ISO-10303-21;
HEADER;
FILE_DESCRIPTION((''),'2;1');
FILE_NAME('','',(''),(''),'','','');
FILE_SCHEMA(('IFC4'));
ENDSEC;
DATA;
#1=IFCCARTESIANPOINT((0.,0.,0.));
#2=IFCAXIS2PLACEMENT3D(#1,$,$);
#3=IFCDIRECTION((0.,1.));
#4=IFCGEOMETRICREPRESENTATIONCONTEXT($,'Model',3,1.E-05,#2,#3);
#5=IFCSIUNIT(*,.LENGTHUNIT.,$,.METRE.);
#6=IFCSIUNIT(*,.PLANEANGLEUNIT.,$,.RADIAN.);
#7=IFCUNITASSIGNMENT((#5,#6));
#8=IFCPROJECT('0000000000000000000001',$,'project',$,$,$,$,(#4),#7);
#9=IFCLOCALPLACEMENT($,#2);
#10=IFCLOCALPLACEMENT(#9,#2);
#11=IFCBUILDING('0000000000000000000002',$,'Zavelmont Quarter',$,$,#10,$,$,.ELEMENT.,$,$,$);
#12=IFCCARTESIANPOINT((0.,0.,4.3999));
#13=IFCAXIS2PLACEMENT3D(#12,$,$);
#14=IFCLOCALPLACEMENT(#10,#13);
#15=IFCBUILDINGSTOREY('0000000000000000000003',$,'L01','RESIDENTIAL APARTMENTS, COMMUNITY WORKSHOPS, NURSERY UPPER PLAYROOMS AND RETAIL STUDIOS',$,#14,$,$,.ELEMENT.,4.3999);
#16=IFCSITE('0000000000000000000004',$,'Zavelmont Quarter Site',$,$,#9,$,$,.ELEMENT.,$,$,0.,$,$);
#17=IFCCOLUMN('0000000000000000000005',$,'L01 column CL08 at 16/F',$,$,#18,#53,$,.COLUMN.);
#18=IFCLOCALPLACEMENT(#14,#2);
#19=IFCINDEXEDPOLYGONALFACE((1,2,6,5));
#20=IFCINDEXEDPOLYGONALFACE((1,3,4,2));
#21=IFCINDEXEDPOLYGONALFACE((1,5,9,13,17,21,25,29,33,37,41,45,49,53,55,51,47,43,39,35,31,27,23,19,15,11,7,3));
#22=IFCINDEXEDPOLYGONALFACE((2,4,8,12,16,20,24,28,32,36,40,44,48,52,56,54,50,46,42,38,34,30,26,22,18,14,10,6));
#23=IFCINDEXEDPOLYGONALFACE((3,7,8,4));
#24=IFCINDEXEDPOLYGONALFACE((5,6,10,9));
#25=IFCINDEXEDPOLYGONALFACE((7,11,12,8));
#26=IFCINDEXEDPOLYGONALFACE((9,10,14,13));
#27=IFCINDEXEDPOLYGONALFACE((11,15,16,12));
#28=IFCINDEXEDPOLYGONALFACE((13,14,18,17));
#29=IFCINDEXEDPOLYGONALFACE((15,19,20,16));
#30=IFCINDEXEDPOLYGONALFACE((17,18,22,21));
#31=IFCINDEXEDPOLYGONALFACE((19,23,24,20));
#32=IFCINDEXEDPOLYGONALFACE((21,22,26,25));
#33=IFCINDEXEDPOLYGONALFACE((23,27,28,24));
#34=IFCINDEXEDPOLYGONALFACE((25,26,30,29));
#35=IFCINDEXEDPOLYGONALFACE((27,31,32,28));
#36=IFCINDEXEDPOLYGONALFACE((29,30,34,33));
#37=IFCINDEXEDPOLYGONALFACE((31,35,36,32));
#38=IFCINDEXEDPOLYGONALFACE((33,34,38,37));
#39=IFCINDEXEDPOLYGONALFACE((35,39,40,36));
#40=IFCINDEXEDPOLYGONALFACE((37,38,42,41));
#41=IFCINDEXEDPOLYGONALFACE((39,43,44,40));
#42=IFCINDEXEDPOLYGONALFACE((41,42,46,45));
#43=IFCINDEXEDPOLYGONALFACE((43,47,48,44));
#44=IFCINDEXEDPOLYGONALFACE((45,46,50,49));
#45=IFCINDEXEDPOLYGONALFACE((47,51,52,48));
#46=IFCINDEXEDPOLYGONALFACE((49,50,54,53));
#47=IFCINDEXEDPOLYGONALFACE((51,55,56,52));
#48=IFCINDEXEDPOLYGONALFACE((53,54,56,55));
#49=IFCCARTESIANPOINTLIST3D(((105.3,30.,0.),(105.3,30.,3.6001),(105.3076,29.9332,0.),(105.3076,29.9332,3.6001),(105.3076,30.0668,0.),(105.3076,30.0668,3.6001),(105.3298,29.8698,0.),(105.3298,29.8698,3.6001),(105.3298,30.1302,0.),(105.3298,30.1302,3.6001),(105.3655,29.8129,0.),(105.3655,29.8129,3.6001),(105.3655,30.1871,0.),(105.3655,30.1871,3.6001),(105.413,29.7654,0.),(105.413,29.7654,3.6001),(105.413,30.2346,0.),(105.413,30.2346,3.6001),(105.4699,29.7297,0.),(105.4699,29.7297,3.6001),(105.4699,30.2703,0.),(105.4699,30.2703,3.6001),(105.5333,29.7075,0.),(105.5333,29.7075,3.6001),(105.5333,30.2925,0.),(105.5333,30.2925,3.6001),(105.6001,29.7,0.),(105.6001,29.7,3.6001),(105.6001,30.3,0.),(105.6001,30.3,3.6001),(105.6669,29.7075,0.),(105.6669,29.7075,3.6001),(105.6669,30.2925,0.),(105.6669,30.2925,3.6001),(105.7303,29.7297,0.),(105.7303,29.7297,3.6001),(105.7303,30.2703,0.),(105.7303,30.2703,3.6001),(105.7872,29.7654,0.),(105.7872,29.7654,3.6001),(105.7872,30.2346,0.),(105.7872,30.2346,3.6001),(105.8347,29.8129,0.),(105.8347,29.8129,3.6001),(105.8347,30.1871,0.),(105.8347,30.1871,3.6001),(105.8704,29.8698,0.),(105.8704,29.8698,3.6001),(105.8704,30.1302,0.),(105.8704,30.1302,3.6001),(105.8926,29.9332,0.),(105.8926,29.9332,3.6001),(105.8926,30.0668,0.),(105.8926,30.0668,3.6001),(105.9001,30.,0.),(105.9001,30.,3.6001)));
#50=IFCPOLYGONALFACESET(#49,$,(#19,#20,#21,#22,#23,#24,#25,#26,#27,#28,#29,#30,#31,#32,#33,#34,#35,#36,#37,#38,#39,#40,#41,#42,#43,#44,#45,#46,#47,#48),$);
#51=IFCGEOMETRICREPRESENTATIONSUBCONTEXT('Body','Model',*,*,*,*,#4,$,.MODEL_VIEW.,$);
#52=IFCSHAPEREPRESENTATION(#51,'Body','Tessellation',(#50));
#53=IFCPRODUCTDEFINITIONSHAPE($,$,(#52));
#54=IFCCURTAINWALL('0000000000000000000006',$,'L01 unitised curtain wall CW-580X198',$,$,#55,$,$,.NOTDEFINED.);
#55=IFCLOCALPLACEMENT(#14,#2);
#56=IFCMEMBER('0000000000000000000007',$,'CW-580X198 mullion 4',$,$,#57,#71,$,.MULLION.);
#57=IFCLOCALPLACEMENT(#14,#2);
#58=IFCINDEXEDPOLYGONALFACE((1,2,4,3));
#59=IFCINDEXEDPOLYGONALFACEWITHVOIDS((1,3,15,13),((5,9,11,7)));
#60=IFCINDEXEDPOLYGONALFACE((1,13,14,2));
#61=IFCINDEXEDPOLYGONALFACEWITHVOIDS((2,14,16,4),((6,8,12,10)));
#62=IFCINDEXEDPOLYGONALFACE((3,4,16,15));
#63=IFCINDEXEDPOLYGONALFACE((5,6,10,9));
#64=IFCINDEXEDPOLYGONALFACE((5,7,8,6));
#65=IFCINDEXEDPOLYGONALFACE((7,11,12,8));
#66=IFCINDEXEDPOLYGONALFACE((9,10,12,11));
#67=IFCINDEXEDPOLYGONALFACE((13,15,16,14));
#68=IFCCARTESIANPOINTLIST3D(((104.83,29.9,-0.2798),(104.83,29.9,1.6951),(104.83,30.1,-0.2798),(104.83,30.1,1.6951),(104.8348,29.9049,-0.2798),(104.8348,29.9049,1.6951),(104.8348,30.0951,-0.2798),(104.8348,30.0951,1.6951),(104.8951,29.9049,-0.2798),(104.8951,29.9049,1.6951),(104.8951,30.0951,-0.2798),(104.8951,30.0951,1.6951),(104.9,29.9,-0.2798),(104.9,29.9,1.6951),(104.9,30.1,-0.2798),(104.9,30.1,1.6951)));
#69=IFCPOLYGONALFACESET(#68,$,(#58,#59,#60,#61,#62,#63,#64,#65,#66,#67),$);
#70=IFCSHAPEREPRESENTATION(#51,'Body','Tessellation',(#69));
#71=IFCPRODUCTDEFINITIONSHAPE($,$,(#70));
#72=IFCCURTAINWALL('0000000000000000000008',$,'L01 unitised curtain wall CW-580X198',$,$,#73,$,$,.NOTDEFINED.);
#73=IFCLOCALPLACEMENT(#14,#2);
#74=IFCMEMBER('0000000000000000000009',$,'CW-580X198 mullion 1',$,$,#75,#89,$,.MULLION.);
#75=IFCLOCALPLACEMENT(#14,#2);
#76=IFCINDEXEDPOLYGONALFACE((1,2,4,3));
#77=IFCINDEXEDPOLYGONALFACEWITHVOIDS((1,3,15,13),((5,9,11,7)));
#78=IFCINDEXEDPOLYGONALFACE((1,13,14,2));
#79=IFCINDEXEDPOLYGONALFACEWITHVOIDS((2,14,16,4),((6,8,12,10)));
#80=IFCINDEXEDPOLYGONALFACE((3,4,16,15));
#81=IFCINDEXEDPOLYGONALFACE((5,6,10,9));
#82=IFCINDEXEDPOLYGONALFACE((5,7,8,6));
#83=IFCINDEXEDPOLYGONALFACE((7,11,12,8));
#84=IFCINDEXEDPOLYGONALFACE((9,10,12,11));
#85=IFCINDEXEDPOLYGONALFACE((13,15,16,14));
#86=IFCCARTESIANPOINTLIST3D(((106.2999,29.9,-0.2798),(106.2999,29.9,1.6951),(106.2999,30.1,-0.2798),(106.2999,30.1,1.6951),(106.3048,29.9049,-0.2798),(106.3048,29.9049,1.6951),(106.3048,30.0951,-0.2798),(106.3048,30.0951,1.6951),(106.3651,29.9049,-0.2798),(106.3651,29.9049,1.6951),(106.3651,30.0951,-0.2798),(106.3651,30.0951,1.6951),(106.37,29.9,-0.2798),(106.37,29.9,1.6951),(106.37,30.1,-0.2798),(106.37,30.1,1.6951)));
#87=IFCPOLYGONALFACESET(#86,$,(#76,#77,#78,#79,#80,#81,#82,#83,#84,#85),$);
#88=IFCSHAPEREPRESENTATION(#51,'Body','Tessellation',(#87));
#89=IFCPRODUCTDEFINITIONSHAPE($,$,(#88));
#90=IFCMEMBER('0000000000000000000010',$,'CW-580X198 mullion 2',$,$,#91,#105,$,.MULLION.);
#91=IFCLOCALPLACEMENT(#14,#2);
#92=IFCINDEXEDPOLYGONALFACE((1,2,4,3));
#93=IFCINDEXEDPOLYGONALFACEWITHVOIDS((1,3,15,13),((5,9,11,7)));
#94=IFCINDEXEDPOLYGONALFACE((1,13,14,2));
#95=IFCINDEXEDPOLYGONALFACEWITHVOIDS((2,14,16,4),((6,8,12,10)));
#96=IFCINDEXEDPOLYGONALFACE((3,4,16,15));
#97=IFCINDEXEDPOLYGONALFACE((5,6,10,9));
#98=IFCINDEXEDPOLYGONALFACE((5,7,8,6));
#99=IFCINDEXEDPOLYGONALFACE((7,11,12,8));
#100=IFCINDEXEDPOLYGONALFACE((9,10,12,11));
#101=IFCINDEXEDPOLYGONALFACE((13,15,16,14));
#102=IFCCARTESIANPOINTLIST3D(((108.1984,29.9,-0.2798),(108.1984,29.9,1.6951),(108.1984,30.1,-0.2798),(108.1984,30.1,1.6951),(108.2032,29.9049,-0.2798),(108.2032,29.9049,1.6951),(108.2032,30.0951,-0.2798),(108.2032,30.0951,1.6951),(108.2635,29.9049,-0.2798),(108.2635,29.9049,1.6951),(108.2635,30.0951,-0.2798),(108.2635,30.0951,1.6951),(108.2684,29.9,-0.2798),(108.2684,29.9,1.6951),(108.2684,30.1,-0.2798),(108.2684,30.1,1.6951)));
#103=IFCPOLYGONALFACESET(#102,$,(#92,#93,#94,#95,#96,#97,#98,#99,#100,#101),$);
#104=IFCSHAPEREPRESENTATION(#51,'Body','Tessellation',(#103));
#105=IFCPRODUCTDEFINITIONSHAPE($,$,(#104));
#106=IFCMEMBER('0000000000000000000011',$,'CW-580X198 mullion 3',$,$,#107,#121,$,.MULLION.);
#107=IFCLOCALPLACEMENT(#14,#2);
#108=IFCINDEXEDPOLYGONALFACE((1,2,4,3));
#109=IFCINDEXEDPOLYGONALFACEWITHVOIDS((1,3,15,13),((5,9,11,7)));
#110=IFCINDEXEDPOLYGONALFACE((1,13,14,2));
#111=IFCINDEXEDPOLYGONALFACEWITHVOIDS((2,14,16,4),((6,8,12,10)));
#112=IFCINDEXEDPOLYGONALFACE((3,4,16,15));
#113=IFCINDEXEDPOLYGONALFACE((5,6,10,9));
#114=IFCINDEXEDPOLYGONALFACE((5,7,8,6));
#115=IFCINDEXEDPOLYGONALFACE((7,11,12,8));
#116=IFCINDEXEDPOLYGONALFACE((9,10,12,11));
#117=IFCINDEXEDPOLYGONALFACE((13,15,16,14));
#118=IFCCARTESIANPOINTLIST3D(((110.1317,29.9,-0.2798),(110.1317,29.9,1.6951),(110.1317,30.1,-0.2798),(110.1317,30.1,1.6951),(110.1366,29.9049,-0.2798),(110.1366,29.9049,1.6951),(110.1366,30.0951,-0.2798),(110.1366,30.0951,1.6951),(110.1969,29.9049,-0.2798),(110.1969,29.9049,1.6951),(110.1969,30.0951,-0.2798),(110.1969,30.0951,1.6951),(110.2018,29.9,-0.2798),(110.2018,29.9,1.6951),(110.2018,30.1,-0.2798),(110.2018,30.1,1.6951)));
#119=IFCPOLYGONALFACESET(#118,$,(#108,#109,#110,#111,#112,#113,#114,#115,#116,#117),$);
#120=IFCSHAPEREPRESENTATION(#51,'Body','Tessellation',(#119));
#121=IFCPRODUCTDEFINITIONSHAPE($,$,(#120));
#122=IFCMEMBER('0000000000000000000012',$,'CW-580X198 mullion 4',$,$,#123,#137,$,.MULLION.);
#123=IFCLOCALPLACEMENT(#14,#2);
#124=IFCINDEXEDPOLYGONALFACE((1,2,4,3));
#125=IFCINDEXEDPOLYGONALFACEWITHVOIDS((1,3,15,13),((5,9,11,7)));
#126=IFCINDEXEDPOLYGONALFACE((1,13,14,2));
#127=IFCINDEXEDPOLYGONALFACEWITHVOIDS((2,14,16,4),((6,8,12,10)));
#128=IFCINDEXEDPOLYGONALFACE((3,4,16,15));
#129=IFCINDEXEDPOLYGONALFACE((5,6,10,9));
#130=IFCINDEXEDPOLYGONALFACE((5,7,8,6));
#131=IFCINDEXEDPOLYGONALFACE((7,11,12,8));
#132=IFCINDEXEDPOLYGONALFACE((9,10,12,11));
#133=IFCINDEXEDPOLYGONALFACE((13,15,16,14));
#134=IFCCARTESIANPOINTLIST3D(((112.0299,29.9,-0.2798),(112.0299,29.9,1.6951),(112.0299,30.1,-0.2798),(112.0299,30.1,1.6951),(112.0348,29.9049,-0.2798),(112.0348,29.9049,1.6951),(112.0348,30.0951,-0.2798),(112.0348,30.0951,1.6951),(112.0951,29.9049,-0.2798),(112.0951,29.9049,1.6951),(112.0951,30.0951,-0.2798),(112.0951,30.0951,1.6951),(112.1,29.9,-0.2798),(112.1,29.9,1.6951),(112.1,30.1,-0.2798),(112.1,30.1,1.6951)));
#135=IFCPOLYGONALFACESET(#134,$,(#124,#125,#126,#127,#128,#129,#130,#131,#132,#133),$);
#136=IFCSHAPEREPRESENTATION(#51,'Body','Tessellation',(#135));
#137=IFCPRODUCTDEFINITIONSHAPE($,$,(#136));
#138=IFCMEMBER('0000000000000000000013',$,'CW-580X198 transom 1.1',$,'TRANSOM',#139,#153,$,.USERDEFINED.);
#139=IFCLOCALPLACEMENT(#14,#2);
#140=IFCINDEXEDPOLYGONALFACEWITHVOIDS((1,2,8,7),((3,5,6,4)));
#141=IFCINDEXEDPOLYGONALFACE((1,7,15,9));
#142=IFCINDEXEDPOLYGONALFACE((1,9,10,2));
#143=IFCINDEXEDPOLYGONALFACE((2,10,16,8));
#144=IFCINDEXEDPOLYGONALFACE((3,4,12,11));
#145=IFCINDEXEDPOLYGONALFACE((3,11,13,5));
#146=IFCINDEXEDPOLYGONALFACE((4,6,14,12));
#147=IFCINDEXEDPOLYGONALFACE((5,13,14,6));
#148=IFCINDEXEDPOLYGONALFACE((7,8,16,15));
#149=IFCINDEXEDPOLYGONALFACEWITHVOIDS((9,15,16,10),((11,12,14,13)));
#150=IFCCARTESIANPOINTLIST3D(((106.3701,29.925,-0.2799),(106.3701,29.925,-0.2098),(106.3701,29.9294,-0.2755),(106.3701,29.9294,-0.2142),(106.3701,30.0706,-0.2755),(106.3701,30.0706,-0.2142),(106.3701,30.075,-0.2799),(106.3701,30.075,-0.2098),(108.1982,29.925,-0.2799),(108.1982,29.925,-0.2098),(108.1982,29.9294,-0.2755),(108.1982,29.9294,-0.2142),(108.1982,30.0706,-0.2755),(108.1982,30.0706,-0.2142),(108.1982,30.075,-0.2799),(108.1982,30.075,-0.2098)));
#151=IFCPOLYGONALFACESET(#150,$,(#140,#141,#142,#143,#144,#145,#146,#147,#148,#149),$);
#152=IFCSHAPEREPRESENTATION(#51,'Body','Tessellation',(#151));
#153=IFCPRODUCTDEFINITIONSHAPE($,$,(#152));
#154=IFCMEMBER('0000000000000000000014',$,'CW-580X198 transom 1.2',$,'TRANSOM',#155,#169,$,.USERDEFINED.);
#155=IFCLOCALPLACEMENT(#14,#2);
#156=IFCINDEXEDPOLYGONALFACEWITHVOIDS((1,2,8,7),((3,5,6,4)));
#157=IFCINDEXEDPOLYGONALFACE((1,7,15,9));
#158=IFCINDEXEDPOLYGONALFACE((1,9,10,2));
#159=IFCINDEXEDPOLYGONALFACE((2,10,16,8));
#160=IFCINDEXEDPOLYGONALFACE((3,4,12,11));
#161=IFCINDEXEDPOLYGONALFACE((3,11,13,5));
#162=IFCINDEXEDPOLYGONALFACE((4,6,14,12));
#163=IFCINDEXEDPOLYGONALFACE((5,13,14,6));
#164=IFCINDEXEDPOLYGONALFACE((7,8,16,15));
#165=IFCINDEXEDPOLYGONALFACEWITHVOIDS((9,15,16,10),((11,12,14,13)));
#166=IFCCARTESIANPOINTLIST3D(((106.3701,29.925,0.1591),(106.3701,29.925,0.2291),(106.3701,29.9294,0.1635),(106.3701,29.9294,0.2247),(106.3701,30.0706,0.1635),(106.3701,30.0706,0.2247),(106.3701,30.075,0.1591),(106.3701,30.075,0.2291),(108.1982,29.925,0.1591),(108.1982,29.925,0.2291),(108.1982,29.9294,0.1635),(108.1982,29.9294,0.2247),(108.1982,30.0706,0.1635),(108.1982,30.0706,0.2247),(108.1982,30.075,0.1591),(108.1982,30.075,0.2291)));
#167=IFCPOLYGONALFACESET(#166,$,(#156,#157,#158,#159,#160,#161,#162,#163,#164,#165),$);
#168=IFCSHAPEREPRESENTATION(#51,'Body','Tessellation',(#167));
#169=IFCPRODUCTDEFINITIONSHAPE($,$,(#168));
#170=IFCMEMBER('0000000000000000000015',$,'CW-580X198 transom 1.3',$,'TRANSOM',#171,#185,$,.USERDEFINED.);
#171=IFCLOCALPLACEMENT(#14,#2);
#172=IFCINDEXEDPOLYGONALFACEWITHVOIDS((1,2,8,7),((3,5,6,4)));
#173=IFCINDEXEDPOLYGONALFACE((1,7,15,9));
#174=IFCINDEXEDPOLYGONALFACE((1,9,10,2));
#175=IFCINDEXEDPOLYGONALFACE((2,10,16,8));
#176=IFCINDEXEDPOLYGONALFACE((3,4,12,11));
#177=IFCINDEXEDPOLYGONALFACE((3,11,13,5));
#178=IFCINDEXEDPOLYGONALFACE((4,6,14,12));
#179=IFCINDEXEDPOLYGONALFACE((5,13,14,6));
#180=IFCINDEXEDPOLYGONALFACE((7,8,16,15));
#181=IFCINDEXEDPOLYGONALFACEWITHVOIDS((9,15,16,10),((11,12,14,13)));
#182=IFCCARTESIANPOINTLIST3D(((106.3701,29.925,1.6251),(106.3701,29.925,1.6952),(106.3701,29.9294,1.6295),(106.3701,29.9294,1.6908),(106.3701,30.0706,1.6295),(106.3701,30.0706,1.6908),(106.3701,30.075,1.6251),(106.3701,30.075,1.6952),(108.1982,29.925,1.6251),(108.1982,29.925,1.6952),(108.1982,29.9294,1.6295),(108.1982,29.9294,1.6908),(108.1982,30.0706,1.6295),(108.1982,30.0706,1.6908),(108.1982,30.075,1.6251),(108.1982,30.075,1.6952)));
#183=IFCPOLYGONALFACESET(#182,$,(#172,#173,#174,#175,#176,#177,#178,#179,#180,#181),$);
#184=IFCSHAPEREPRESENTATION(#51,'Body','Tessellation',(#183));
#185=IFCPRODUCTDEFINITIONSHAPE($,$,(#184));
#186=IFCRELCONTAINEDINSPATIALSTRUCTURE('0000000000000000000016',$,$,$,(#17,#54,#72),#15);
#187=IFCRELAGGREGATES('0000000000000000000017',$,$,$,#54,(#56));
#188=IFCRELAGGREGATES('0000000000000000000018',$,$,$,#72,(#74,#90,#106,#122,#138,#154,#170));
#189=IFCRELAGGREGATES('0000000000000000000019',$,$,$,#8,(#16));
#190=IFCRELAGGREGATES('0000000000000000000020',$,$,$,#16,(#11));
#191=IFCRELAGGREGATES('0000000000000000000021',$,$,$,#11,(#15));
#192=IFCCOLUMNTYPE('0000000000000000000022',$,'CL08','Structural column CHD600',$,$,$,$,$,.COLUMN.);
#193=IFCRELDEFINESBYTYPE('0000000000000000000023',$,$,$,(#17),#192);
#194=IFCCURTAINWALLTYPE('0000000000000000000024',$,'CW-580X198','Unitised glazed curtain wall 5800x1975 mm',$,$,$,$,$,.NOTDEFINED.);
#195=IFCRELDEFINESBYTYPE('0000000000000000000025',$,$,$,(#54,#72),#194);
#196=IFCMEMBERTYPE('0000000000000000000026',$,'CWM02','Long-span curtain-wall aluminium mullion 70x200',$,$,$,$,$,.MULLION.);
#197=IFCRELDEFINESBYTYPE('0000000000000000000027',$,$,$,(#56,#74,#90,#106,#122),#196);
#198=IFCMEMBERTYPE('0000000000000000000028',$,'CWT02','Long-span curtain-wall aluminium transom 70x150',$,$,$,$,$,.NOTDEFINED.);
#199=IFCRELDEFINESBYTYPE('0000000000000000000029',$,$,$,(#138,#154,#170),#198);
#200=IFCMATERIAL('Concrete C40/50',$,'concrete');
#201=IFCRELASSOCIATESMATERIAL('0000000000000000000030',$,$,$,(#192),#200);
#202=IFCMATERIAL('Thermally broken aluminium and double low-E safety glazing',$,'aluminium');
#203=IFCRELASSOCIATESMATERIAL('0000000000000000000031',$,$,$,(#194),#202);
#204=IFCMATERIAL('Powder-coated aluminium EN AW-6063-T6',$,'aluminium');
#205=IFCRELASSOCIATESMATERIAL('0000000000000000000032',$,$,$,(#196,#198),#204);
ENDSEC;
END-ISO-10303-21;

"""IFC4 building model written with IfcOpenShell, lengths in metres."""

from ifc_helpers import new_model, si_unit, direction, frame, origin, origin_2d, place, context, subcontext, project, spatial, hollow_rectangle, circle, extrude, material, material_profile, profile_set, type_object, element, aggregate, save


model = new_model("IFC4")

# Units and contexts
model_context = context("Model", 3, precision=1e-05, world=origin(), true_north=direction((0.0, 1.0)))
body_context = subcontext(model_context, "Body", "Model", "MODEL_VIEW")
ifc_project = project(units=[si_unit("LENGTHUNIT", "METRE"), si_unit("PLANEANGLEUNIT", "RADIAN")], contexts=[model_context])

# Site, building, storey
site_placement = place(None, origin())
site = spatial("IfcSite", under=ifc_project, at=site_placement, Name="Zavelmont Quarter Site", CompositionType="ELEMENT", RefElevation=0.0)
building_placement = place(site_placement, origin())
building = spatial("IfcBuilding", under=site, at=building_placement, Name="Zavelmont Quarter", CompositionType="ELEMENT")
storey_placement = place(building_placement, frame((0.0, 0.0, 4.3999)))
storey = spatial("IfcBuildingStorey", under=building, at=storey_placement, Name="L01", Description="RESIDENTIAL APARTMENTS, COMMUNITY WORKSHOPS, NURSERY UPPER PLAYROOMS AND RETAIL STUDIOS", CompositionType="ELEMENT", Elevation=4.3999)

# Column
ifc_material_1 = material(Name="Concrete C40/50", Category="concrete")
ifc_material_profile_1 = material_profile(ifc_material_1, circle(Radius=0.3, at=origin_2d()), Name="CHD600")
ifc_profile_set_1 = profile_set([ifc_material_profile_1], Name="Concrete C40/50")
column_type = type_object("IfcColumnType", Name="CL08", Description="Structural column CHD600", PredefinedType="COLUMN", material=ifc_profile_set_1)
column_placement = place(storey_placement, frame((105.6001, 30.0, 0.0), z_axis=(0.0, 0.0, 1.0), x_axis=(1.0, 0.0, 0.0)))
element("IfcColumn", 1, at=column_placement, inside=storey, type_object=column_type, Name="L01 column CL08 at 16/F", PredefinedType="COLUMN", context=body_context, shape_type="SweptSolid", body=[
    extrude(circle(Radius=0.3, at=origin_2d()), origin(), (0.0, 0.0, 1.0), 3.6001),
])

# Curtain wall, member
ifc_material_2 = material(Name="Thermally broken aluminium and double low-E safety glazing", Category="aluminium")
curtain_wall_type = type_object("IfcCurtainWallType", Name="CW-580X198", Description="Unitised glazed curtain wall 5800x1975 mm", PredefinedType="NOTDEFINED", material=ifc_material_2)
curtain_wall_1_placement = place(storey_placement, origin())
curtain_wall_1 = element("IfcCurtainWall", 2, at=curtain_wall_1_placement, inside=storey, type_object=curtain_wall_type, Name="L01 unitised curtain wall CW-580X198", PredefinedType="NOTDEFINED")
ifc_material_3 = material(Name="Powder-coated aluminium EN AW-6063-T6", Category="aluminium")
ifc_material_profile_2 = material_profile(ifc_material_3, hollow_rectangle(XDim=0.0701, YDim=0.2, WallThickness=0.0049, at=origin_2d()), Name="CWM70X200")
ifc_profile_set_2 = profile_set([ifc_material_profile_2], Name="Powder-coated aluminium EN AW-6063-T6")
member_type_1 = type_object("IfcMemberType", Name="CWM02", Description="Long-span curtain-wall aluminium mullion 70x200", PredefinedType="MULLION", material=ifc_profile_set_2)
member_1_placement = place(storey_placement, frame((104.865, 30.0, -0.2798), z_axis=(0.0, 0.0, 1.0), x_axis=(1.0, 0.0, 0.0)))
member_1 = element("IfcMember", 3, at=member_1_placement, type_object=member_type_1, Name="CW-580X198 mullion 4", PredefinedType="MULLION", context=body_context, shape_type="SweptSolid", body=[
    extrude(hollow_rectangle(XDim=0.0701, YDim=0.2, WallThickness=0.0049, at=origin_2d()), origin(), (0.0, 0.0, 1.0), 1.9749),
])
aggregate(curtain_wall_1, [member_1])

# Curtain wall, members
curtain_wall_2_placement = place(storey_placement, origin())
curtain_wall_2 = element("IfcCurtainWall", 4, at=curtain_wall_2_placement, inside=storey, type_object=curtain_wall_type, Name="L01 unitised curtain wall CW-580X198", PredefinedType="NOTDEFINED")
member_2_placement = place(storey_placement, frame((106.335, 30.0, -0.2798), z_axis=(0.0, 0.0, 1.0), x_axis=(1.0, 0.0, 0.0)))
member_2 = element("IfcMember", 5, at=member_2_placement, type_object=member_type_1, Name="CW-580X198 mullion 1", PredefinedType="MULLION", context=body_context, shape_type="SweptSolid", body=[
    extrude(hollow_rectangle(XDim=0.0701, YDim=0.2, WallThickness=0.0049, at=origin_2d()), origin(), (0.0, 0.0, 1.0), 1.9749),
])
member_3_placement = place(storey_placement, frame((108.2334, 30.0, -0.2798), z_axis=(0.0, 0.0, 1.0), x_axis=(1.0, 0.0, 0.0)))
member_3 = element("IfcMember", 6, at=member_3_placement, type_object=member_type_1, Name="CW-580X198 mullion 2", PredefinedType="MULLION", context=body_context, shape_type="SweptSolid", body=[
    extrude(hollow_rectangle(XDim=0.0701, YDim=0.2, WallThickness=0.0049, at=origin_2d()), origin(), (0.0, 0.0, 1.0), 1.9749),
])
member_4_placement = place(storey_placement, frame((110.1667, 30.0, -0.2798), z_axis=(0.0, 0.0, 1.0), x_axis=(1.0, 0.0, 0.0)))
member_4 = element("IfcMember", 7, at=member_4_placement, type_object=member_type_1, Name="CW-580X198 mullion 3", PredefinedType="MULLION", context=body_context, shape_type="SweptSolid", body=[
    extrude(hollow_rectangle(XDim=0.0701, YDim=0.2, WallThickness=0.0049, at=origin_2d()), origin(), (0.0, 0.0, 1.0), 1.9749),
])
member_5_placement = place(storey_placement, frame((112.0649, 30.0, -0.2798), z_axis=(0.0, 0.0, 1.0), x_axis=(1.0, 0.0, 0.0)))
member_5 = element("IfcMember", 8, at=member_5_placement, type_object=member_type_1, Name="CW-580X198 mullion 4", PredefinedType="MULLION", context=body_context, shape_type="SweptSolid", body=[
    extrude(hollow_rectangle(XDim=0.0701, YDim=0.2, WallThickness=0.0049, at=origin_2d()), origin(), (0.0, 0.0, 1.0), 1.9749),
])
ifc_material_profile_3 = material_profile(ifc_material_3, hollow_rectangle(XDim=0.1499, YDim=0.0701, WallThickness=0.0044, at=origin_2d()), Name="CWT70X150")
ifc_profile_set_3 = profile_set([ifc_material_profile_3], Name="Powder-coated aluminium EN AW-6063-T6")
member_type_2 = type_object("IfcMemberType", Name="CWT02", Description="Long-span curtain-wall aluminium transom 70x150", PredefinedType="NOTDEFINED", material=ifc_profile_set_3)
member_6_placement = place(storey_placement, frame((106.3701, 30.0, -0.2449), z_axis=(1.0, 0.0, 0.0), x_axis=(0.0, 1.0, 0.0)))
member_6 = element("IfcMember", 9, at=member_6_placement, type_object=member_type_2, Name="CW-580X198 transom 1.1", ObjectType="TRANSOM", PredefinedType="USERDEFINED", context=body_context, shape_type="SweptSolid", body=[
    extrude(hollow_rectangle(XDim=0.1499, YDim=0.0701, WallThickness=0.0044, at=origin_2d()), origin(), (0.0, 0.0, 1.0), 1.8281),
])
member_7_placement = place(storey_placement, frame((106.3701, 30.0, 0.1941), z_axis=(1.0, 0.0, 0.0), x_axis=(0.0, 1.0, 0.0)))
member_7 = element("IfcMember", 10, at=member_7_placement, type_object=member_type_2, Name="CW-580X198 transom 1.2", ObjectType="TRANSOM", PredefinedType="USERDEFINED", context=body_context, shape_type="SweptSolid", body=[
    extrude(hollow_rectangle(XDim=0.1499, YDim=0.0701, WallThickness=0.0044, at=origin_2d()), origin(), (0.0, 0.0, 1.0), 1.8281),
])
member_8_placement = place(storey_placement, frame((106.3701, 30.0, 1.6602), z_axis=(1.0, 0.0, 0.0), x_axis=(0.0, 1.0, 0.0)))
member_8 = element("IfcMember", 11, at=member_8_placement, type_object=member_type_2, Name="CW-580X198 transom 1.3", ObjectType="TRANSOM", PredefinedType="USERDEFINED", context=body_context, shape_type="SweptSolid", body=[
    extrude(hollow_rectangle(XDim=0.1499, YDim=0.0701, WallThickness=0.0044, at=origin_2d()), origin(), (0.0, 0.0, 1.0), 1.8281),
])
aggregate(curtain_wall_2, [member_2, member_3, member_4, member_5, member_6, member_7, member_8])

save(model, "model.ifc")
